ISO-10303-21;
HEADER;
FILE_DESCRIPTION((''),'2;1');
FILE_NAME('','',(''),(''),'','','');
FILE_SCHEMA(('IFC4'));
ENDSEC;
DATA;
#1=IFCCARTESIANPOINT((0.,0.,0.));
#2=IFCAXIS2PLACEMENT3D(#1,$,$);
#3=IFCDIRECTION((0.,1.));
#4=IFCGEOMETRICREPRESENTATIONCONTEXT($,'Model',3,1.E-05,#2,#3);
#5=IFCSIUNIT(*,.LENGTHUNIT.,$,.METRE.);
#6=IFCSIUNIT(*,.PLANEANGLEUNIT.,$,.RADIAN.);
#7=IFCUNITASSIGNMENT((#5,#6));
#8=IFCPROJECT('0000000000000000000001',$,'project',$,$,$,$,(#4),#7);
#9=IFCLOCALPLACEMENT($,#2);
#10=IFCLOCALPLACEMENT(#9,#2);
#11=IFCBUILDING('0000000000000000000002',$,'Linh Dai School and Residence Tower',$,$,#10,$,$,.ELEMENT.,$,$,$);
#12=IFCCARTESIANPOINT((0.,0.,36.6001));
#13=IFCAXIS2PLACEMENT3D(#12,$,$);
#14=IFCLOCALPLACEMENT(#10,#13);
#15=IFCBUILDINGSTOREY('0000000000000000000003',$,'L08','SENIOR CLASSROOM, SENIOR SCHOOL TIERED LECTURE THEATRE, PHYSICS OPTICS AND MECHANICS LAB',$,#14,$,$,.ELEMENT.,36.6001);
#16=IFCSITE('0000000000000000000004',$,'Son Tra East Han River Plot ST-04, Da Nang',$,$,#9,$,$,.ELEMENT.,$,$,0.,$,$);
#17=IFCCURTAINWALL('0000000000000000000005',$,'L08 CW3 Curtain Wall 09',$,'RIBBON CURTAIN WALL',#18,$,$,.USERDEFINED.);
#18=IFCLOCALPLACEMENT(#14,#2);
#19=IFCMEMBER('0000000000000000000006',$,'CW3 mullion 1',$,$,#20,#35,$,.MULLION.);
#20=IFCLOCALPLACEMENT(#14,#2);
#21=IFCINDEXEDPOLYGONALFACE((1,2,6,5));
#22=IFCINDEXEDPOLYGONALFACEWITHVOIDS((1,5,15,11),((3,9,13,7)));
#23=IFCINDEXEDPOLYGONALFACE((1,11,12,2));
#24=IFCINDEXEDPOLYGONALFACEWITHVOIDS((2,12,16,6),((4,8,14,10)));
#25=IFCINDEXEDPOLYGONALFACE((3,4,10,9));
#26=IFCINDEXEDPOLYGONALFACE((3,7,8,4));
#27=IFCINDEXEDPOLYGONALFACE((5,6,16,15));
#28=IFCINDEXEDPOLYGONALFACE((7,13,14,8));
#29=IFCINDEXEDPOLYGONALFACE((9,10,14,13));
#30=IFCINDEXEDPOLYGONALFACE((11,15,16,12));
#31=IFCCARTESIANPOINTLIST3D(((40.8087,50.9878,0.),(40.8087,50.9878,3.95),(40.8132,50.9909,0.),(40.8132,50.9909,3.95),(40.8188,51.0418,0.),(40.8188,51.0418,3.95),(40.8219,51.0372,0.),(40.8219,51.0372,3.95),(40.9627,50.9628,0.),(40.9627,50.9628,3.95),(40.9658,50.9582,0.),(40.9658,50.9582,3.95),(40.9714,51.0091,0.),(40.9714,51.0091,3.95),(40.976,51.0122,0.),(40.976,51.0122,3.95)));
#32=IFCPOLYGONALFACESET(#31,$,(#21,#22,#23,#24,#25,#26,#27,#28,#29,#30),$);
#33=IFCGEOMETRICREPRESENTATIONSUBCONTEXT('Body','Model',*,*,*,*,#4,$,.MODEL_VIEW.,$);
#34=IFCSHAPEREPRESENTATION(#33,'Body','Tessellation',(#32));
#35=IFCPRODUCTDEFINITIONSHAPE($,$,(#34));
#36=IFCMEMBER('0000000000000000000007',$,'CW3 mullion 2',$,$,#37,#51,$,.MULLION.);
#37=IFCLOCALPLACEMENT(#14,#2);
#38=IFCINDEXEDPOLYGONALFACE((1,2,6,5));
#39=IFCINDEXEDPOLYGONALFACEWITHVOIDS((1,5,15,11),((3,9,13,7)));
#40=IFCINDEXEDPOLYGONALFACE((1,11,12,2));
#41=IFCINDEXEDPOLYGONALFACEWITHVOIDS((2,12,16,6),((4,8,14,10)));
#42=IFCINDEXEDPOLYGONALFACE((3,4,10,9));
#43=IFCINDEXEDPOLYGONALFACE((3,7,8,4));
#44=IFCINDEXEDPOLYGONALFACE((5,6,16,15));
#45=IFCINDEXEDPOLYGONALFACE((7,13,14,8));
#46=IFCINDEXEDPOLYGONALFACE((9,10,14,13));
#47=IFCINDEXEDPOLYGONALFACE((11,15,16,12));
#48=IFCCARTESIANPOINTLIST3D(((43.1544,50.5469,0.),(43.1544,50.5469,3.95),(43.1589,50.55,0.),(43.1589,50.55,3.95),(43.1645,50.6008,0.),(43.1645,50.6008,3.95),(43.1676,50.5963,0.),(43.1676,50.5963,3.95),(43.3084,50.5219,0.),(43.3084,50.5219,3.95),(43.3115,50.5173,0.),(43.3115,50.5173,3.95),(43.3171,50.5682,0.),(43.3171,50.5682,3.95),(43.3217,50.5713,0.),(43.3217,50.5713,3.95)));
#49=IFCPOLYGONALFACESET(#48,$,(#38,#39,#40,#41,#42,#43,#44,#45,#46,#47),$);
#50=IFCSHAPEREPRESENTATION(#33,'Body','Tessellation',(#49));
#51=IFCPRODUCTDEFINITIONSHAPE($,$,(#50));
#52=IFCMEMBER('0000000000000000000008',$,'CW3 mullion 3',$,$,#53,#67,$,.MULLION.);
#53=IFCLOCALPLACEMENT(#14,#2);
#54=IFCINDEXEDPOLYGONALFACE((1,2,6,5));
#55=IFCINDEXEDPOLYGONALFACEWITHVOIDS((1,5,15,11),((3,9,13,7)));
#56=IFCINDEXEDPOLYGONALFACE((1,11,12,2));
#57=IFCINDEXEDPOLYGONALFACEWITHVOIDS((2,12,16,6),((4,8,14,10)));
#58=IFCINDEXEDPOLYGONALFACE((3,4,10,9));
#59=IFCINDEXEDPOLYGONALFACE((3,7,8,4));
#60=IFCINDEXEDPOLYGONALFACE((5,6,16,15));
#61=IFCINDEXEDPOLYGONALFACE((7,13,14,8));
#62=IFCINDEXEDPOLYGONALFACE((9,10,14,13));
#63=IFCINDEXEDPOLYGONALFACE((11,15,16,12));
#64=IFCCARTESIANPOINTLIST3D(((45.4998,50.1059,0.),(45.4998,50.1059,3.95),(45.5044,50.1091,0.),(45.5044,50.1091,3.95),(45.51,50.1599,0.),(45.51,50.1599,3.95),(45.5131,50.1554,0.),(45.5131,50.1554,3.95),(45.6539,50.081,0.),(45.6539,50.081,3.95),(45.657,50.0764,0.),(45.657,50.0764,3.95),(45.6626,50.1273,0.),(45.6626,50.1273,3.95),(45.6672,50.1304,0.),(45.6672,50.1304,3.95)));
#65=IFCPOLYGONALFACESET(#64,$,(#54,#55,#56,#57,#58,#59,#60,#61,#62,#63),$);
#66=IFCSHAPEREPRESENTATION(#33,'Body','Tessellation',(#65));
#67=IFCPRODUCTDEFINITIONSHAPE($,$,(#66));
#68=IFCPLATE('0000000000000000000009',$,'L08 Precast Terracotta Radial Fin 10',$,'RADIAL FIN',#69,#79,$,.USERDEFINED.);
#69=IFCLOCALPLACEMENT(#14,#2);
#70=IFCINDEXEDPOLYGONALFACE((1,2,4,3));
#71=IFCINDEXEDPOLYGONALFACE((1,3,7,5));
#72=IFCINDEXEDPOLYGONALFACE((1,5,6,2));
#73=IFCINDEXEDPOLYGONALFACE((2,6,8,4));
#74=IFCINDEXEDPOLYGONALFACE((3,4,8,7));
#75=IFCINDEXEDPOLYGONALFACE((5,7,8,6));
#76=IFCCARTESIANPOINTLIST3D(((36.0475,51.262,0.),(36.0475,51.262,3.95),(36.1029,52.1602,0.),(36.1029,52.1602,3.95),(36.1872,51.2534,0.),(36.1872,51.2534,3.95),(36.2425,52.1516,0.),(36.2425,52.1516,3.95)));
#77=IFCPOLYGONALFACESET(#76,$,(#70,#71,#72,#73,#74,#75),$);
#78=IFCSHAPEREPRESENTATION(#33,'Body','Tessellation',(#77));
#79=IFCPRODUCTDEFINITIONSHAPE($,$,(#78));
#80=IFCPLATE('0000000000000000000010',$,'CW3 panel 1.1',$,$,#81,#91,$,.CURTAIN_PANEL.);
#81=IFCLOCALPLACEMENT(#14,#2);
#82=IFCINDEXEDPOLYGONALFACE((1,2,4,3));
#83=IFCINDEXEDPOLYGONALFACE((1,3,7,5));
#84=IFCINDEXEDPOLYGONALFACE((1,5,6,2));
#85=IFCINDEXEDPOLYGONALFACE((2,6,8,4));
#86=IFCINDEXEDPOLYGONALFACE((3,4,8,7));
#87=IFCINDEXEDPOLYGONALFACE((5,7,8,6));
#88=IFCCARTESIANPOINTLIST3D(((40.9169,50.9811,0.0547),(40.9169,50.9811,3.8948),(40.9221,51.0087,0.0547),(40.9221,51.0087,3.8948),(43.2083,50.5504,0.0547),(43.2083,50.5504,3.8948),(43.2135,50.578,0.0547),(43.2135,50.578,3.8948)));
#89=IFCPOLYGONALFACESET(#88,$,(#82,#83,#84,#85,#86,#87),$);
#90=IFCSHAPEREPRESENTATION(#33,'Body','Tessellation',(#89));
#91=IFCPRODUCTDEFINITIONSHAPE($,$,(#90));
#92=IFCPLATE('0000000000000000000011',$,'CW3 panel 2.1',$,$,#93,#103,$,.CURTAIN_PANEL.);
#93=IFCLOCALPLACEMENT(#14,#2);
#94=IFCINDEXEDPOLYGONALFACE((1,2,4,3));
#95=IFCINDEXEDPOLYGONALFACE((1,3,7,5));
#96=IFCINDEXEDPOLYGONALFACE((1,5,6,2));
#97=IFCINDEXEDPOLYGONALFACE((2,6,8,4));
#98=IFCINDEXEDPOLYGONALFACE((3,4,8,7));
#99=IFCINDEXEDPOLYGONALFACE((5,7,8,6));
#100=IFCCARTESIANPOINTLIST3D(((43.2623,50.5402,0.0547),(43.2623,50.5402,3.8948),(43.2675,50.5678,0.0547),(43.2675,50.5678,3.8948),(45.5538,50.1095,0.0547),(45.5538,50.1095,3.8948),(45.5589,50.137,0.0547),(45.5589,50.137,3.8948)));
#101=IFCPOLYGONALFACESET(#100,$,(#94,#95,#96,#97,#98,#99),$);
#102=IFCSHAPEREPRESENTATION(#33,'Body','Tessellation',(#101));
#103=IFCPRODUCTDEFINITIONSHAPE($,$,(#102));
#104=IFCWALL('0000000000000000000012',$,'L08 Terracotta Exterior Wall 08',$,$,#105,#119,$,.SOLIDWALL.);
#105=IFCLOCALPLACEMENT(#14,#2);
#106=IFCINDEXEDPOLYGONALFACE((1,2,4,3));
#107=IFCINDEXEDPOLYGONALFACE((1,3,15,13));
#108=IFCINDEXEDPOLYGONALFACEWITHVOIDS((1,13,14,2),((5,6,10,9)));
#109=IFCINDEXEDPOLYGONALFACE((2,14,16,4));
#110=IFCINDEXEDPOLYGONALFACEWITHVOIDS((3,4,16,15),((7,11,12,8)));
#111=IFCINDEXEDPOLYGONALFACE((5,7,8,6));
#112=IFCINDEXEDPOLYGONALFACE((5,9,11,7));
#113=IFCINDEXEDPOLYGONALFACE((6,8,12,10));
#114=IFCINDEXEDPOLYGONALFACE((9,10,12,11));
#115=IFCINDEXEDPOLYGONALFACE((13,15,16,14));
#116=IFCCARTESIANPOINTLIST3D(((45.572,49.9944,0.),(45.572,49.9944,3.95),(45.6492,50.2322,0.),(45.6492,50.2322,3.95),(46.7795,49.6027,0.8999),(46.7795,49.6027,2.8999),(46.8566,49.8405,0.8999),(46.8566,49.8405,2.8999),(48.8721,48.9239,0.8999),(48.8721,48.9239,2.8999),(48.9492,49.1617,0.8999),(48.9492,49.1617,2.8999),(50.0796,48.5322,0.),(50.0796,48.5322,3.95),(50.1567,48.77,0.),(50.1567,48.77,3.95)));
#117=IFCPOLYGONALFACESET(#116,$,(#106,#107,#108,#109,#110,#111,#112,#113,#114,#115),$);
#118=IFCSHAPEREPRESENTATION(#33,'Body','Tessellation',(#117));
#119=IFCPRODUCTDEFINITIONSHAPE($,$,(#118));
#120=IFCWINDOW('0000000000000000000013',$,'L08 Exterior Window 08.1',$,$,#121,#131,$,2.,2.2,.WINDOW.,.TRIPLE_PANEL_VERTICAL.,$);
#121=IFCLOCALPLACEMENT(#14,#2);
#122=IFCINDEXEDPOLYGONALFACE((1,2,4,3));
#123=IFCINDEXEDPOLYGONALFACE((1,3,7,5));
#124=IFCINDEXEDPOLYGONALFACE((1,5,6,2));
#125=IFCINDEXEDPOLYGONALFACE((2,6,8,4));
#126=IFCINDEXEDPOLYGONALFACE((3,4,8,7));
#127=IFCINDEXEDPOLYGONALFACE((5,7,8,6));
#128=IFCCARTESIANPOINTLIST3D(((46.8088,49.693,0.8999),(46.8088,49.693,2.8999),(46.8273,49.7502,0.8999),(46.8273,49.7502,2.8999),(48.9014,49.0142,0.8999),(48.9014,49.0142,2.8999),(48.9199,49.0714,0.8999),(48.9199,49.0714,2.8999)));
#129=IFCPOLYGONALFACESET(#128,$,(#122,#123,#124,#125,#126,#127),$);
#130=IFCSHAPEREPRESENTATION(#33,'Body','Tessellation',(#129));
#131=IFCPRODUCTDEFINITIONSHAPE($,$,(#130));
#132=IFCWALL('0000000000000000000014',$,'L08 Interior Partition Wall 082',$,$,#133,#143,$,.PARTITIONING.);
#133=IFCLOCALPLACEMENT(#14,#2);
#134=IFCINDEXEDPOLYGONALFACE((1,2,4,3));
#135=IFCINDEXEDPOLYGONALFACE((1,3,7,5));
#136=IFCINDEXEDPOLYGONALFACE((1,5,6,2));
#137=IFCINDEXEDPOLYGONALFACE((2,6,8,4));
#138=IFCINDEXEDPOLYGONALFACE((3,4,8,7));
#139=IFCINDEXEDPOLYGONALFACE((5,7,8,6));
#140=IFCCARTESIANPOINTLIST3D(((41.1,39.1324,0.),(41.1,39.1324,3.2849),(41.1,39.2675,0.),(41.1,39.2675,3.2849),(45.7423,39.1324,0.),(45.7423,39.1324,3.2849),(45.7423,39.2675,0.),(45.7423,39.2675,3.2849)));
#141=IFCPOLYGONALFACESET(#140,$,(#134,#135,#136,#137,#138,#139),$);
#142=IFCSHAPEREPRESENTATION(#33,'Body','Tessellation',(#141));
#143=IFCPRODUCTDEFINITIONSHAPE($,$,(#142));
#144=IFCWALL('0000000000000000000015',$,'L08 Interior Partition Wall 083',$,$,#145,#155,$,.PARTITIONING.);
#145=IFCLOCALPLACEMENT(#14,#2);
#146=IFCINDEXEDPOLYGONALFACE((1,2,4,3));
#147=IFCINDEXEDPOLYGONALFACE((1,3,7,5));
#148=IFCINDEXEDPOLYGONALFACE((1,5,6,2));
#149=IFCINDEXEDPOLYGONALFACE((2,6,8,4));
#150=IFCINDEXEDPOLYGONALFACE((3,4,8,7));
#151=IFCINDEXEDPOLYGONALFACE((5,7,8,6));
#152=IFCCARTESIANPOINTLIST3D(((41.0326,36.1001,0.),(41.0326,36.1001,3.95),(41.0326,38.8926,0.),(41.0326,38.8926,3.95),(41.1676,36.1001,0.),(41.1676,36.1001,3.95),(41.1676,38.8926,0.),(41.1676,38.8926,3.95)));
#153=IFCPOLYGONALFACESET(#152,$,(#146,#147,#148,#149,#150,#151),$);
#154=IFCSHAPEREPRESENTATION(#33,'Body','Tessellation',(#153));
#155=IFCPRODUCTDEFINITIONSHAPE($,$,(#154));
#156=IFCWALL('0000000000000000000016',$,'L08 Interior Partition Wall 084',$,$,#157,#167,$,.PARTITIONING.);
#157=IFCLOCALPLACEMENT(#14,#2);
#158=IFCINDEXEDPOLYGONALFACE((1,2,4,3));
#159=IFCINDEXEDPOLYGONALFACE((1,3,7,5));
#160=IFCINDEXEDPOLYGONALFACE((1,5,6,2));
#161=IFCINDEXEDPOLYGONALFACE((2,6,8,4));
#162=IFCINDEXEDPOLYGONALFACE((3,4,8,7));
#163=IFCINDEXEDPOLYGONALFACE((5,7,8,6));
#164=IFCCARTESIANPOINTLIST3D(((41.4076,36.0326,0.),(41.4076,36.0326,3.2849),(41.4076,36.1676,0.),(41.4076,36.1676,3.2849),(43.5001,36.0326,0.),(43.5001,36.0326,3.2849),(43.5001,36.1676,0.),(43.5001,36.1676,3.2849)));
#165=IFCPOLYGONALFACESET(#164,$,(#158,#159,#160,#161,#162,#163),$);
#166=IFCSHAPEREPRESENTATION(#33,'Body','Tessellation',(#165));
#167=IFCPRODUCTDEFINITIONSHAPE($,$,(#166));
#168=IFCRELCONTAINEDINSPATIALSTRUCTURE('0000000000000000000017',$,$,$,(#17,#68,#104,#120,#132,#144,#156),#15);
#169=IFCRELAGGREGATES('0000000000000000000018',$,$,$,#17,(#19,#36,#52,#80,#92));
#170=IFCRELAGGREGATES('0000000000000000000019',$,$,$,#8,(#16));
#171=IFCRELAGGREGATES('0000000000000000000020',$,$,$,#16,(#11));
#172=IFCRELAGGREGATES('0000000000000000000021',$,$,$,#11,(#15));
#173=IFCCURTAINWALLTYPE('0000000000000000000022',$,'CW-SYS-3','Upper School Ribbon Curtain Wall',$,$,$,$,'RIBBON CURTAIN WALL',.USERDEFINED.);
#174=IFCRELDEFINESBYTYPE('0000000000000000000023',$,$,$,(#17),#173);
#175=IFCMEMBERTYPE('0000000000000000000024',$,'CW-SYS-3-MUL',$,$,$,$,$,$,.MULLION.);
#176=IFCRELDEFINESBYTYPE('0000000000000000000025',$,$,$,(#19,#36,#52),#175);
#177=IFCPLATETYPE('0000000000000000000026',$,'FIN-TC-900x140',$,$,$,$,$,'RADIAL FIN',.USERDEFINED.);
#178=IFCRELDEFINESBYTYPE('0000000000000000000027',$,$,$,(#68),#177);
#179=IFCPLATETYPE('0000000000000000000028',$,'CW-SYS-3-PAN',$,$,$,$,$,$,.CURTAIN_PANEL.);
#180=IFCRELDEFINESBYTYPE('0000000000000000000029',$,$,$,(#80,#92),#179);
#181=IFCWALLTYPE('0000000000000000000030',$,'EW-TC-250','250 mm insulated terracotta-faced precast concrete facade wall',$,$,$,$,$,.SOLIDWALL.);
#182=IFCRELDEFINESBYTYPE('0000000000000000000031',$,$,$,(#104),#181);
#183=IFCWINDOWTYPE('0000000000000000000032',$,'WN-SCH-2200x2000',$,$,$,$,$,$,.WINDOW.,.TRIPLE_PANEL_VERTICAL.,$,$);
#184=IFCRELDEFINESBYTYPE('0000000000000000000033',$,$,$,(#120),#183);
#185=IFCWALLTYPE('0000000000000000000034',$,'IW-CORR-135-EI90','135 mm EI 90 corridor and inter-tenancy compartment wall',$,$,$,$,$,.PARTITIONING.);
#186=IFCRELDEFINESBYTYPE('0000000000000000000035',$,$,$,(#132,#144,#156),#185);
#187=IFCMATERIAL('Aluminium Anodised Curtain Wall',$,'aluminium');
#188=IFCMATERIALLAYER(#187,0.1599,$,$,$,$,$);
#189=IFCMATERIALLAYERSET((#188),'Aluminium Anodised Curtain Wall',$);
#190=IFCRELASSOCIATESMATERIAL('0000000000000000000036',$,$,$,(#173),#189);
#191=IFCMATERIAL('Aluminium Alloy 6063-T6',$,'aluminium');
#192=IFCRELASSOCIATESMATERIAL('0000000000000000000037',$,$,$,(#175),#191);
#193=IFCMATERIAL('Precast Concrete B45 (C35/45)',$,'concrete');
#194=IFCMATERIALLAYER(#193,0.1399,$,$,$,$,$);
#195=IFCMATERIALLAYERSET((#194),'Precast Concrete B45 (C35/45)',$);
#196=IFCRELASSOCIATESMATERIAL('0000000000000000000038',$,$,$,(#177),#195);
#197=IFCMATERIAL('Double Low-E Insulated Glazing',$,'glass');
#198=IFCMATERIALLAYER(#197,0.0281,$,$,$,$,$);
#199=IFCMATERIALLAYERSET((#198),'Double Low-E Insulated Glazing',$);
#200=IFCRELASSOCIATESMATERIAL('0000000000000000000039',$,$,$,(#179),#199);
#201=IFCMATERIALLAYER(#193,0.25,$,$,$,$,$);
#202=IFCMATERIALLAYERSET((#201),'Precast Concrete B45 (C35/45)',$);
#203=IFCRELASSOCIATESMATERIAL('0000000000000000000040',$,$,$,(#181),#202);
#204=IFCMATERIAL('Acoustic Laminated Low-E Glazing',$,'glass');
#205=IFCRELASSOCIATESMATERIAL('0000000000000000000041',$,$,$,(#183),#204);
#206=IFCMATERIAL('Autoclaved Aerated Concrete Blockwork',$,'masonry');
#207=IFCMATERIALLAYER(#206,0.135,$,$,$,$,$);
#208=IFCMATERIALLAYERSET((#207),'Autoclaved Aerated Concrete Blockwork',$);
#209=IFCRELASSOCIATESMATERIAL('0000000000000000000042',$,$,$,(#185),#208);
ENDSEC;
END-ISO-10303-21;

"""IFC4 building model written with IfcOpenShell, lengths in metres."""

from ifc_helpers import new_model, si_unit, direction, frame, frame_2d, origin, origin_2d, place, context, subcontext, project, spatial, rectangle, hollow_rectangle, extrude, source, transform, mapped, material, layer, layer_set, material_profile, profile_set, type_object, element, fill, aggregate, save


model = new_model("IFC4")

# Units and contexts
model_context = context("Model", 3, precision=1e-05, world=origin(), true_north=direction((0.0, 1.0)))
body_context = subcontext(model_context, "Body", "Model", "MODEL_VIEW")
ifc_project = project(units=[si_unit("LENGTHUNIT", "METRE"), si_unit("PLANEANGLEUNIT", "RADIAN")], contexts=[model_context])

# Site, building, storey
site_placement = place(None, origin())
site = spatial("IfcSite", under=ifc_project, at=site_placement, Name="Son Tra East Han River Plot ST-04, Da Nang", CompositionType="ELEMENT", RefElevation=0.0)
building_placement = place(site_placement, origin())
building = spatial("IfcBuilding", under=site, at=building_placement, Name="Linh Dai School and Residence Tower", CompositionType="ELEMENT")
storey_placement = place(building_placement, frame((0.0, 0.0, 36.6001)))
storey = spatial("IfcBuildingStorey", under=building, at=storey_placement, Name="L08", Description="SENIOR CLASSROOM, SENIOR SCHOOL TIERED LECTURE THEATRE, PHYSICS OPTICS AND MECHANICS LAB", CompositionType="ELEMENT", Elevation=36.6001)

# Curtain wall, members
ifc_material_1 = material(Name="Aluminium Anodised Curtain Wall", Category="aluminium")
ifc_layer_1 = layer(ifc_material_1, 0.1599)
ifc_layer_set_1 = layer_set([ifc_layer_1], Name="Aluminium Anodised Curtain Wall")
curtain_wall_type = type_object("IfcCurtainWallType", Name="CW-SYS-3", Description="Upper School Ribbon Curtain Wall", ElementType="RIBBON CURTAIN WALL", PredefinedType="USERDEFINED", material=ifc_layer_set_1)
curtain_wall_placement = place(storey_placement, origin())
curtain_wall = element("IfcCurtainWall", 1, at=curtain_wall_placement, inside=storey, type_object=curtain_wall_type, Name="L08 CW3 Curtain Wall 09", ObjectType="RIBBON CURTAIN WALL", PredefinedType="USERDEFINED")
ifc_material_2 = material(Name="Aluminium Alloy 6063-T6", Category="aluminium")
ifc_material_profile_1 = material_profile(ifc_material_2, hollow_rectangle(XDim=0.0549, YDim=0.1599, WallThickness=0.0039, at=origin_2d()), Name="RHS 160x55x4")
ifc_profile_set_1 = profile_set([ifc_material_profile_1], Name="Aluminium Alloy 6063-T6")
member_type_1 = type_object("IfcMemberType", Name="CW-SYS-3-MUL", PredefinedType="MULLION", material=ifc_profile_set_1)
shared_shape_1 = source(origin(), body_context, "Body", "SweptSolid", [
    extrude(hollow_rectangle(XDim=0.0549, YDim=0.1599, WallThickness=0.0039, at=origin_2d()), origin(), (0.0, 0.0, 1.0), 3.95),
])
member_1_placement = place(storey_placement, frame((40.8923, 51.0, 0.0), z_axis=(0.0, 0.0, 1.0), x_axis=(0.184748, 0.982786, 0.0)))
member_1 = element("IfcMember", 2, at=member_1_placement, type_object=member_type_1, Name="CW3 mullion 1", PredefinedType="MULLION", context=body_context, shape_type="MappedRepresentation", body=[
    mapped(shared_shape_1, transform((0.0, 0.0, 0.0), x_axis=(1.0, 0.0, 0.0), y_axis=(0.0, 1.0, 0.0), z_axis=(0.0, 0.0, 1.0), scale=1.0)),
])
member_2_placement = place(storey_placement, frame((43.238, 50.5591, 0.0), z_axis=(0.0, 0.0, 1.0), x_axis=(0.184748, 0.982786, 0.0)))
member_2 = element("IfcMember", 3, at=member_2_placement, type_object=member_type_1, Name="CW3 mullion 2", PredefinedType="MULLION", context=body_context, shape_type="MappedRepresentation", body=[
    mapped(shared_shape_1, transform((0.0, 0.0, 0.0), x_axis=(1.0, 0.0, 0.0), y_axis=(0.0, 1.0, 0.0), z_axis=(0.0, 0.0, 1.0), scale=1.0)),
])
member_3_placement = place(storey_placement, frame((45.5835, 50.1182, 0.0), z_axis=(0.0, 0.0, 1.0), x_axis=(0.184748, 0.982786, 0.0)))
member_3 = element("IfcMember", 4, at=member_3_placement, type_object=member_type_1, Name="CW3 mullion 3", PredefinedType="MULLION", context=body_context, shape_type="MappedRepresentation", body=[
    mapped(shared_shape_1, transform((0.0, 0.0, 0.0), x_axis=(1.0, 0.0, 0.0), y_axis=(0.0, 1.0, 0.0), z_axis=(0.0, 0.0, 1.0), scale=1.0)),
])

# Plates
ifc_material_3 = material(Name="Precast Concrete B45 (C35/45)", Category="concrete")
ifc_layer_2 = layer(ifc_material_3, 0.1399)
ifc_layer_set_2 = layer_set([ifc_layer_2], Name="Precast Concrete B45 (C35/45)")
plate_type_1 = type_object("IfcPlateType", Name="FIN-TC-900x140", ElementType="RADIAL FIN", PredefinedType="USERDEFINED", material=ifc_layer_set_2)
shared_shape_2 = source(origin(), body_context, "Body", "SweptSolid", [
    extrude(rectangle(XDim=0.8999, YDim=0.1399, at=origin_2d()), origin(), (0.0, 0.0, 1.0), 3.95),
])
plate_1_placement = place(storey_placement, frame((36.145, 51.7068, 0.0), z_axis=(0.0, 0.0, 1.0), x_axis=(0.061507, 0.998107, 0.0)))
element("IfcPlate", 5, at=plate_1_placement, inside=storey, type_object=plate_type_1, Name="L08 Precast Terracotta Radial Fin 10", ObjectType="RADIAL FIN", PredefinedType="USERDEFINED", context=body_context, shape_type="MappedRepresentation", body=[
    mapped(shared_shape_2, transform((0.0, 0.0, 0.0), x_axis=(1.0, 0.0, 0.0), y_axis=(0.0, 1.0, 0.0), z_axis=(0.0, 0.0, 1.0), scale=1.0)),
])
ifc_material_4 = material(Name="Double Low-E Insulated Glazing", Category="glass")
ifc_layer_3 = layer(ifc_material_4, 0.0281)
ifc_layer_set_3 = layer_set([ifc_layer_3], Name="Double Low-E Insulated Glazing")
plate_type_2 = type_object("IfcPlateType", Name="CW-SYS-3-PAN", PredefinedType="CURTAIN_PANEL", material=ifc_layer_set_3)
shared_shape_3 = source(origin(), body_context, "Body", "SweptSolid", [
    extrude(rectangle(XDim=2.3315, YDim=0.0281, at=origin_2d()), origin(), (0.0, 0.0, 1.0), 3.8401),
])
plate_2_placement = place(storey_placement, frame((42.0652, 50.7795, 0.0547), z_axis=(0.0, 0.0, 1.0), x_axis=(0.982786, -0.184748, 0.0)))
plate_2 = element("IfcPlate", 6, at=plate_2_placement, type_object=plate_type_2, Name="CW3 panel 1.1", PredefinedType="CURTAIN_PANEL", context=body_context, shape_type="MappedRepresentation", body=[
    mapped(shared_shape_3, transform((0.0, 0.0, 0.0), x_axis=(1.0, 0.0, 0.0), y_axis=(0.0, 1.0, 0.0), z_axis=(0.0, 0.0, 1.0), scale=1.0)),
])
plate_3_placement = place(storey_placement, frame((44.4106, 50.3386, 0.0547), z_axis=(0.0, 0.0, 1.0), x_axis=(0.982786, -0.184748, 0.0)))
plate_3 = element("IfcPlate", 7, at=plate_3_placement, type_object=plate_type_2, Name="CW3 panel 2.1", PredefinedType="CURTAIN_PANEL", context=body_context, shape_type="MappedRepresentation", body=[
    mapped(shared_shape_3, transform((0.0, 0.0, 0.0), x_axis=(1.0, 0.0, 0.0), y_axis=(0.0, 1.0, 0.0), z_axis=(0.0, 0.0, 1.0), scale=1.0)),
])
aggregate(curtain_wall, [member_1, member_2, member_3, plate_2, plate_3])

# Wall, opening, window
ifc_layer_4 = layer(ifc_material_3, 0.25)
ifc_layer_set_4 = layer_set([ifc_layer_4], Name="Precast Concrete B45 (C35/45)")
wall_type_1 = type_object("IfcWallType", Name="EW-TC-250", Description="250 mm insulated terracotta-faced precast concrete facade wall", PredefinedType="SOLIDWALL", material=ifc_layer_set_4)
wall_1_placement = place(storey_placement, frame((45.6106, 50.1133, 0.0), z_axis=(0.0, 0.0, 1.0), x_axis=(0.951208, -0.308551, 0.0)))
wall_1 = element("IfcWall", 8, at=wall_1_placement, inside=storey, type_object=wall_type_1, Name="L08 Terracotta Exterior Wall 08", PredefinedType="SOLIDWALL", context=body_context, shape_type="SweptSolid", body=[
    extrude(rectangle(XDim=4.7388, YDim=0.25, at=frame_2d((2.3694, 0.0))), origin(), (0.0, 0.0, 1.0), 3.95),
])
opening_placement = place(wall_1_placement, frame((1.2693, 0.0, 0.8999)))
opening = element("IfcOpeningElement", 9, at=opening_placement, cuts=wall_1, PredefinedType="OPENING", context=body_context, shape_type="SweptSolid", body=[
    extrude(rectangle(XDim=2.2, YDim=2.0, at=origin_2d()), frame((1.1001, 0.135, 1.0), z_axis=(0.0, -1.0, 0.0), x_axis=(1.0, 0.0, 0.0)), (0.0, 0.0, 1.0), 0.27),
])
ifc_material_5 = material(Name="Acoustic Laminated Low-E Glazing", Category="glass")
window_type = type_object("IfcWindowType", Name="WN-SCH-2200x2000", PartitioningType="TRIPLE_PANEL_VERTICAL", PredefinedType="WINDOW", material=ifc_material_5)
shared_shape_4 = source(origin(), body_context, "Body", "SweptSolid", [
    extrude(rectangle(XDim=2.2, YDim=2.0, at=origin_2d()), frame((1.1001, 0.03, 1.0), z_axis=(0.0, -1.0, 0.0), x_axis=(1.0, 0.0, 0.0)), (0.0, 0.0, 1.0), 0.0601),
])
window_placement = place(opening_placement, origin())
window = element("IfcWindow", 10, at=window_placement, inside=storey, type_object=window_type, Name="L08 Exterior Window 08.1", OverallHeight=2.0, OverallWidth=2.2, PartitioningType="TRIPLE_PANEL_VERTICAL", PredefinedType="WINDOW", context=body_context, shape_type="MappedRepresentation", body=[
    mapped(shared_shape_4, transform((0.0, 0.0, 0.0), x_axis=(1.0, 0.0, 0.0), y_axis=(0.0, 1.0, 0.0), z_axis=(0.0, 0.0, 1.0), scale=1.0)),
])
fill(opening, window)

# Walls
ifc_material_6 = material(Name="Autoclaved Aerated Concrete Blockwork", Category="masonry")
ifc_layer_5 = layer(ifc_material_6, 0.135)
ifc_layer_set_5 = layer_set([ifc_layer_5], Name="Autoclaved Aerated Concrete Blockwork")
wall_type_2 = type_object("IfcWallType", Name="IW-CORR-135-EI90", Description="135 mm EI 90 corridor and inter-tenancy compartment wall", PredefinedType="PARTITIONING", material=ifc_layer_set_5)
wall_2_placement = place(storey_placement, frame((45.7424, 39.2, 0.0), z_axis=(0.0, 0.0, 1.0), x_axis=(-1.0, 0.0, 0.0)))
element("IfcWall", 11, at=wall_2_placement, inside=storey, type_object=wall_type_2, Name="L08 Interior Partition Wall 082", PredefinedType="PARTITIONING", context=body_context, shape_type="SweptSolid", body=[
    extrude(rectangle(XDim=4.6423, YDim=0.135, at=frame_2d((2.3213, 0.0))), origin(), (0.0, 0.0, 1.0), 3.2849),
])
wall_3_placement = place(storey_placement, frame((41.1001, 38.8926, 0.0), z_axis=(0.0, 0.0, 1.0), x_axis=(0.0, -1.0, 0.0)))
element("IfcWall", 12, at=wall_3_placement, inside=storey, type_object=wall_type_2, Name="L08 Interior Partition Wall 083", PredefinedType="PARTITIONING", context=body_context, shape_type="SweptSolid", body=[
    extrude(rectangle(XDim=2.7925, YDim=0.135, at=frame_2d((1.3962, 0.0))), origin(), (0.0, 0.0, 1.0), 3.95),
])
wall_4_placement = place(storey_placement, frame((41.4075, 36.1001, 0.0), z_axis=(0.0, 0.0, 1.0), x_axis=(1.0, 0.0, 0.0)))
element("IfcWall", 13, at=wall_4_placement, inside=storey, type_object=wall_type_2, Name="L08 Interior Partition Wall 084", PredefinedType="PARTITIONING", context=body_context, shape_type="SweptSolid", body=[
    extrude(rectangle(XDim=2.0925, YDim=0.135, at=frame_2d((1.0464, 0.0))), origin(), (0.0, 0.0, 1.0), 3.2849),
])

save(model, "model.ifc")
